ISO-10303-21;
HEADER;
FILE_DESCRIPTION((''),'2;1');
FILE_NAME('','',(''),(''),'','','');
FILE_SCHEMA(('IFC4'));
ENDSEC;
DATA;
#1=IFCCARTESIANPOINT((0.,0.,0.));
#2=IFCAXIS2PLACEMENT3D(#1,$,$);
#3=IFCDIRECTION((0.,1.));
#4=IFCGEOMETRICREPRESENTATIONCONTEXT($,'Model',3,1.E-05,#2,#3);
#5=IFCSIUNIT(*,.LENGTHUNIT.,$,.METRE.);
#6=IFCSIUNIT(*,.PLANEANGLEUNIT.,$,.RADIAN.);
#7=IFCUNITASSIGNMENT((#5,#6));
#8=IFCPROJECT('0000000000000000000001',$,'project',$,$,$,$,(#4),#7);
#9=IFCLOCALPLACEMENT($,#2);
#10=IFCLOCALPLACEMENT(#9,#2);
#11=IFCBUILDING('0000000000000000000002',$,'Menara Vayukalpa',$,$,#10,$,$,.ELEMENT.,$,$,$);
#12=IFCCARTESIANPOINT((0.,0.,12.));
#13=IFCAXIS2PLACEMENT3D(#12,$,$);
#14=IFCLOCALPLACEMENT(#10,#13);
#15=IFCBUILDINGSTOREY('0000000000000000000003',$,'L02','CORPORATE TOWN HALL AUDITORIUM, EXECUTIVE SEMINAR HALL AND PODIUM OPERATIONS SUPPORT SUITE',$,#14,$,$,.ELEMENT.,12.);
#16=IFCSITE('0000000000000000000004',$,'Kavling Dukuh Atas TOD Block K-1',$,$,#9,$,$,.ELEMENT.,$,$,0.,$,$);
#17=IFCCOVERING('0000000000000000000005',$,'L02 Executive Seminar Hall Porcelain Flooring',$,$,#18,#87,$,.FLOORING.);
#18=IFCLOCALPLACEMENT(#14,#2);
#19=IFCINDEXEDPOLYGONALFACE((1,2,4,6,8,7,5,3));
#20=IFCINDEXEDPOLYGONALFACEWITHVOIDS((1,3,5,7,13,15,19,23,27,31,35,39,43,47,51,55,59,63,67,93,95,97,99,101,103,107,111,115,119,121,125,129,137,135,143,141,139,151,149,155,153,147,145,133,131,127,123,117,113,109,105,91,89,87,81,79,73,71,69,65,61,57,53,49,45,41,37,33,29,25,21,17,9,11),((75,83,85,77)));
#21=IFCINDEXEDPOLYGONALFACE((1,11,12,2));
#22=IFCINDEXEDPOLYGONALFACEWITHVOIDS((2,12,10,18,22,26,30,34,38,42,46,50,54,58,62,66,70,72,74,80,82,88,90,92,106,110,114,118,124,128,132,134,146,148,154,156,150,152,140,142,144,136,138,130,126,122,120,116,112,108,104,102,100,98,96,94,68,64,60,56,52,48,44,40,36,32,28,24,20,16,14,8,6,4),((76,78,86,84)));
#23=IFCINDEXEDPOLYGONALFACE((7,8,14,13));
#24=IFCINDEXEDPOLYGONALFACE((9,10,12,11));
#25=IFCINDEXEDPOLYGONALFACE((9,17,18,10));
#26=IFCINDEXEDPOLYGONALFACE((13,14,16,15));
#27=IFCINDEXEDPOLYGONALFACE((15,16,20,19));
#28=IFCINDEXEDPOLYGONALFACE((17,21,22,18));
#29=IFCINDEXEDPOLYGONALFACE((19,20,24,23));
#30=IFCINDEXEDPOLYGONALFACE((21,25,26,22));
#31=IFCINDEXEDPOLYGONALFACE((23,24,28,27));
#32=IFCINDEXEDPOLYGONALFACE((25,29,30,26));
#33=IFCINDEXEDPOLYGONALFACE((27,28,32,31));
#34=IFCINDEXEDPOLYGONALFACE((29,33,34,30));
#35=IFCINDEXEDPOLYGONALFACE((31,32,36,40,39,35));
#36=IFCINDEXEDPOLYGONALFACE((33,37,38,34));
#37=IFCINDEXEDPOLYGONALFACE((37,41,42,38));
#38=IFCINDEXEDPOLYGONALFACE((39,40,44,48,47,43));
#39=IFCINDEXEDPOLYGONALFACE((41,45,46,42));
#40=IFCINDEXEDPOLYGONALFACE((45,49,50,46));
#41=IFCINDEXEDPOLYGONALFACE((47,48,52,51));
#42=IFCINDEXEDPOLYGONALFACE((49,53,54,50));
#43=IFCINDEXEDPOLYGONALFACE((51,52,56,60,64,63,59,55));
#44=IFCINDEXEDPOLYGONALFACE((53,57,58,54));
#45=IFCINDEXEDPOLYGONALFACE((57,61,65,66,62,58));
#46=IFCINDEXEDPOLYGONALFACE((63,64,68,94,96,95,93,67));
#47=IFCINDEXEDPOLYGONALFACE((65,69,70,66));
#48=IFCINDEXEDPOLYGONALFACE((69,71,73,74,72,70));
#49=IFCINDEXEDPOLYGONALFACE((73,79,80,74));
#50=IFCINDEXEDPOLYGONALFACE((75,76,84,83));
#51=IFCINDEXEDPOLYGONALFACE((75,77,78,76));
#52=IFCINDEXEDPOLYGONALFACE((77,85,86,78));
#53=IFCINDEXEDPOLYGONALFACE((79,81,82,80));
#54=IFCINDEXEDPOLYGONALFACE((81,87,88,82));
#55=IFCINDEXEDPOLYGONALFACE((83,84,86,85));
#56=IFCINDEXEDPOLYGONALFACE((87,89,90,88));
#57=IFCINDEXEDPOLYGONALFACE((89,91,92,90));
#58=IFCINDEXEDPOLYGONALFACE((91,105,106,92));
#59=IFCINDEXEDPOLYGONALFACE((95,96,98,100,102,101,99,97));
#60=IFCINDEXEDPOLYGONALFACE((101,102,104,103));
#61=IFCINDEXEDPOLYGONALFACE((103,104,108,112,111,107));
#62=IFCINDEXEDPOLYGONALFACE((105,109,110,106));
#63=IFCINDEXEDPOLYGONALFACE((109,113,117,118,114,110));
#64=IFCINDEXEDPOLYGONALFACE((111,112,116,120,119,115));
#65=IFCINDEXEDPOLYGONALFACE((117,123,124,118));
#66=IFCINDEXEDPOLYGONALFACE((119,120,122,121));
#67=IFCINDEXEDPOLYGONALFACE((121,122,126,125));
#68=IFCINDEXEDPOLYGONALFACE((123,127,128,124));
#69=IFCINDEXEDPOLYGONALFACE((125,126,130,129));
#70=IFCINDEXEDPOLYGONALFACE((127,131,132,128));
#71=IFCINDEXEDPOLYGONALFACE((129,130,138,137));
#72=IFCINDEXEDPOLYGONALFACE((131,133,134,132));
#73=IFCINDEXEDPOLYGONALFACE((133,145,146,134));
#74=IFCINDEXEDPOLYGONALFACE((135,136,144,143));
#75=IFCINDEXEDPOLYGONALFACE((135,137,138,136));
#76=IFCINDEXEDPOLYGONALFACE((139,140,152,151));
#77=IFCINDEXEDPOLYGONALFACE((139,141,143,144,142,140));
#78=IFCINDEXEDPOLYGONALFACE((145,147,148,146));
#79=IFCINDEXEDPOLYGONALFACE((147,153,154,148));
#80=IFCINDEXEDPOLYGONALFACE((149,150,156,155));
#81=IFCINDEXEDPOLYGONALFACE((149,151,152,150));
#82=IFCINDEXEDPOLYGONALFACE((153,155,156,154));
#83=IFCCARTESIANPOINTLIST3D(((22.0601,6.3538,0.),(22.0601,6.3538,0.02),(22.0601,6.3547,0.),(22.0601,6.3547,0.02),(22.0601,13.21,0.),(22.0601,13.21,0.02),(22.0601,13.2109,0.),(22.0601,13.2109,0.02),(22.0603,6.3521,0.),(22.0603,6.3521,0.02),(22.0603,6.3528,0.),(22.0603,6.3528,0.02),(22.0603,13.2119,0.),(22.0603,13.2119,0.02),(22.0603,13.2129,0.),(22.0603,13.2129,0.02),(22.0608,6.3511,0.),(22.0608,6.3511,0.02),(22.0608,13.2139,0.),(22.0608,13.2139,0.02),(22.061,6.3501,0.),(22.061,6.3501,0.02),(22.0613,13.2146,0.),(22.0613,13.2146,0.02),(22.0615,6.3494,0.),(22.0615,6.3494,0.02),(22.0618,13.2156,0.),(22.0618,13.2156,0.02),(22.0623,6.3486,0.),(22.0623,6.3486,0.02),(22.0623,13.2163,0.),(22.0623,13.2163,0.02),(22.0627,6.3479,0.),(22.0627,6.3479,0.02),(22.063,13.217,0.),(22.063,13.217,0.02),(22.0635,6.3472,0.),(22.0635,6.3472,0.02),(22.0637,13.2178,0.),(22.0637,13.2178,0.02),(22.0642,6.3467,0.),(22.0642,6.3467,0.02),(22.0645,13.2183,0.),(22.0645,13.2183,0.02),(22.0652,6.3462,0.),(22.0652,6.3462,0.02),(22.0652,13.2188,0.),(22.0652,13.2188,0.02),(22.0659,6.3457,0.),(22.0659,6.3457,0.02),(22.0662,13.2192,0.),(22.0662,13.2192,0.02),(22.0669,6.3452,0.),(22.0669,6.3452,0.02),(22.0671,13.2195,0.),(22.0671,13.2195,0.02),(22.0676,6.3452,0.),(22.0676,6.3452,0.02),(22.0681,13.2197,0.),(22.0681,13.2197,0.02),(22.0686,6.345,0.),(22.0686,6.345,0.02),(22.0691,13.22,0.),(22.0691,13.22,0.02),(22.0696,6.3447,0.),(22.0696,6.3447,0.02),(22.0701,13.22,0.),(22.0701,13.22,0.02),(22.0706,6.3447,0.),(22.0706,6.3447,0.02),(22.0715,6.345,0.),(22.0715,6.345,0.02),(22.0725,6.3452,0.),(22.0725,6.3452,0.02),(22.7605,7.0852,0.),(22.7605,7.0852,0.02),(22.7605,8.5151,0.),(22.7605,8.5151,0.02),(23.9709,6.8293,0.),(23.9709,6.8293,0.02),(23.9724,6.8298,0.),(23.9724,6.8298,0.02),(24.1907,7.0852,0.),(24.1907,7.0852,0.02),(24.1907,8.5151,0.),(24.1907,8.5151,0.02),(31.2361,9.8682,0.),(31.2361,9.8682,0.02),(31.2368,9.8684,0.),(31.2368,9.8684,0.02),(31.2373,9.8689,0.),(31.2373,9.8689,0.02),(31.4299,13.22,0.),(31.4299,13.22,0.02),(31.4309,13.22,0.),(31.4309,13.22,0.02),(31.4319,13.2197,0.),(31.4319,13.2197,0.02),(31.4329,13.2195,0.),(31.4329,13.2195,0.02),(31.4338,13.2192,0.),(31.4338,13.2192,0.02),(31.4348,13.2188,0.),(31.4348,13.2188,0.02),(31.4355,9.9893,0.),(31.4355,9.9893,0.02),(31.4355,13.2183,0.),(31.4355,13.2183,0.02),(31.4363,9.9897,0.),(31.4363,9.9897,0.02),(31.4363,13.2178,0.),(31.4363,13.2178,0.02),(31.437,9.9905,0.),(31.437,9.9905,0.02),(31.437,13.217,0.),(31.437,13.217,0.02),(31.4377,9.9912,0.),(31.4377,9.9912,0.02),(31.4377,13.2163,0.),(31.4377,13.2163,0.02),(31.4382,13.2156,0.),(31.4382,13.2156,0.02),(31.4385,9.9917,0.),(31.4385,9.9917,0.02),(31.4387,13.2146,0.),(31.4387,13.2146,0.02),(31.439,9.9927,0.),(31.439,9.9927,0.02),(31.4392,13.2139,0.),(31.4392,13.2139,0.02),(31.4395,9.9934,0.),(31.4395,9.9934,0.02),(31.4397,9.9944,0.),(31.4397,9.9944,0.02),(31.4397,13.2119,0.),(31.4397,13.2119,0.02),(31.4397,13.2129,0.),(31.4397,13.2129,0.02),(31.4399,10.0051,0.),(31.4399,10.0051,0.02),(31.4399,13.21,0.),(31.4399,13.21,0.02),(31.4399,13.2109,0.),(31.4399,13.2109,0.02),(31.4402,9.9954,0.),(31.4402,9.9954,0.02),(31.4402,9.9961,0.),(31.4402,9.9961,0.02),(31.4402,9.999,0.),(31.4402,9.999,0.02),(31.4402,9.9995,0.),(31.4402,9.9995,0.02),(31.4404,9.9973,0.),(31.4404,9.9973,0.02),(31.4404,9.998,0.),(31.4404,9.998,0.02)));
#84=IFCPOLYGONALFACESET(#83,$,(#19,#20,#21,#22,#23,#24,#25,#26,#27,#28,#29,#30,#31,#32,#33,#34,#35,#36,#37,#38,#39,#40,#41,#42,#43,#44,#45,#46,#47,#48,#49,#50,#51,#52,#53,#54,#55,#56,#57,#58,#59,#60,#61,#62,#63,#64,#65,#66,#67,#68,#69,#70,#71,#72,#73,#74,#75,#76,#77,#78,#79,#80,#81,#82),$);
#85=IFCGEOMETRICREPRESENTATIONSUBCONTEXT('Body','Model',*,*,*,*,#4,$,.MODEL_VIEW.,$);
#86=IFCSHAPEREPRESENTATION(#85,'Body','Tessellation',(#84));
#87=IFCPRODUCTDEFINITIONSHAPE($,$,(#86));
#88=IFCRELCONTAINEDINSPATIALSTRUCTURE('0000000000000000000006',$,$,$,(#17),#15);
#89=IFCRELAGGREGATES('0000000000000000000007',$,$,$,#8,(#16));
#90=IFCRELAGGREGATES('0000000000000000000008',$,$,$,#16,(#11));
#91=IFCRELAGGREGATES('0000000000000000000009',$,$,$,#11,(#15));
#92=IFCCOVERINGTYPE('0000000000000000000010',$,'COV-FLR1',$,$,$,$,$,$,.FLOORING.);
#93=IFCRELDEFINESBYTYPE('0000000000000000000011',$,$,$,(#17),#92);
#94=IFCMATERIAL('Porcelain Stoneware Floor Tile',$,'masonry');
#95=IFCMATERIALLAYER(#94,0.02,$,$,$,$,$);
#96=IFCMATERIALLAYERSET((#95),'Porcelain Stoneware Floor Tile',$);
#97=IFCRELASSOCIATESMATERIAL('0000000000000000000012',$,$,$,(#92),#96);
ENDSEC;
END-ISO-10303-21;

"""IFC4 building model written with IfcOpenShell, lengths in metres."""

from ifc_helpers import new_model, si_unit, direction, frame, origin, place, context, subcontext, project, spatial, polyline, outline, extrude, material, layer, layer_set, type_object, element, save


model = new_model("IFC4")

# Units and contexts
model_context = context("Model", 3, precision=1e-05, world=origin(), true_north=direction((0.0, 1.0)))
body_context = subcontext(model_context, "Body", "Model", "MODEL_VIEW")
ifc_project = project(units=[si_unit("LENGTHUNIT", "METRE"), si_unit("PLANEANGLEUNIT", "RADIAN")], contexts=[model_context])

# Site, building, storey
site_placement = place(None, origin())
site = spatial("IfcSite", under=ifc_project, at=site_placement, Name="Kavling Dukuh Atas TOD Block K-1", CompositionType="ELEMENT", RefElevation=0.0)
building_placement = place(site_placement, origin())
building = spatial("IfcBuilding", under=site, at=building_placement, Name="Menara Vayukalpa", CompositionType="ELEMENT")
storey_placement = place(building_placement, frame((0.0, 0.0, 12.0)))
storey = spatial("IfcBuildingStorey", under=building, at=storey_placement, Name="L02", Description="CORPORATE TOWN HALL AUDITORIUM, EXECUTIVE SEMINAR HALL AND PODIUM OPERATIONS SUPPORT SUITE", CompositionType="ELEMENT", Elevation=12.0)

# Covering
ifc_material_1 = material(Name="Porcelain Stoneware Floor Tile", Category="masonry")
ifc_layer_1 = layer(ifc_material_1, 0.02)
ifc_layer_set_1 = layer_set([ifc_layer_1], Name="Porcelain Stoneware Floor Tile")
covering_type_1 = type_object("IfcCoveringType", Name="COV-FLR1", PredefinedType="FLOORING", material=ifc_layer_set_1)
covering_1_placement = place(storey_placement, origin())
element("IfcCovering", 1, at=covering_1_placement, inside=storey, type_object=covering_type_1, Name="L02 Executive Seminar Hall Porcelain Flooring", PredefinedType="FLOORING", context=body_context, shape_type="SweptSolid", body=[
    extrude(outline(polyline([(31.2361, 9.8682), (23.9724, 6.8298), (23.9709, 6.8293), (22.0725, 6.3452), (22.0715, 6.345), (22.0706, 6.3447), (22.0696, 6.3447), (22.0686, 6.345), (22.0676, 6.3452), (22.0669, 6.3452), (22.0659, 6.3457), (22.0652, 6.3462), (22.0642, 6.3467), (22.0635, 6.3472), (22.0627, 6.3479), (22.0623, 6.3486), (22.0615, 6.3494), (22.061, 6.3501), (22.0608, 6.3511), (22.0603, 6.3521), (22.0603, 6.3528), (22.0601, 6.3538), (22.0601, 6.3547), (22.0601, 13.21), (22.0601, 13.2109), (22.0603, 13.2119), (22.0603, 13.2129), (22.0608, 13.2139), (22.0613, 13.2146), (22.0618, 13.2156), (22.0623, 13.2163), (22.063, 13.217), (22.0637, 13.2178), (22.0645, 13.2183), (22.0652, 13.2188), (22.0662, 13.2192), (22.0671, 13.2195), (22.0681, 13.2197), (22.0691, 13.22), (22.0701, 13.22), (31.4299, 13.22), (31.4309, 13.22), (31.4319, 13.2197), (31.4329, 13.2195), (31.4338, 13.2192), (31.4348, 13.2188), (31.4355, 13.2183), (31.4363, 13.2178), (31.437, 13.217), (31.4377, 13.2163), (31.4382, 13.2156), (31.4387, 13.2146), (31.4392, 13.2139), (31.4397, 13.2129), (31.4397, 13.2119), (31.4399, 13.2109), (31.4399, 13.21), (31.4399, 10.0051), (31.4402, 9.9995), (31.4402, 9.999), (31.4404, 9.998), (31.4404, 9.9973), (31.4402, 9.9961), (31.4402, 9.9954), (31.4397, 9.9944), (31.4395, 9.9934), (31.439, 9.9927), (31.4385, 9.9917), (31.4377, 9.9912), (31.437, 9.9905), (31.4363, 9.9897), (31.4355, 9.9893), (31.2373, 9.8689), (31.2368, 9.8684), (31.2361, 9.8682)]), holes=[polyline([(24.1907, 8.5151), (22.7605, 8.5151), (22.7605, 7.0852), (24.1907, 7.0852), (24.1907, 8.5151)])]), origin(), (0.0, 0.0, 1.0), 0.02),
])

save(model, "model.ifc")
